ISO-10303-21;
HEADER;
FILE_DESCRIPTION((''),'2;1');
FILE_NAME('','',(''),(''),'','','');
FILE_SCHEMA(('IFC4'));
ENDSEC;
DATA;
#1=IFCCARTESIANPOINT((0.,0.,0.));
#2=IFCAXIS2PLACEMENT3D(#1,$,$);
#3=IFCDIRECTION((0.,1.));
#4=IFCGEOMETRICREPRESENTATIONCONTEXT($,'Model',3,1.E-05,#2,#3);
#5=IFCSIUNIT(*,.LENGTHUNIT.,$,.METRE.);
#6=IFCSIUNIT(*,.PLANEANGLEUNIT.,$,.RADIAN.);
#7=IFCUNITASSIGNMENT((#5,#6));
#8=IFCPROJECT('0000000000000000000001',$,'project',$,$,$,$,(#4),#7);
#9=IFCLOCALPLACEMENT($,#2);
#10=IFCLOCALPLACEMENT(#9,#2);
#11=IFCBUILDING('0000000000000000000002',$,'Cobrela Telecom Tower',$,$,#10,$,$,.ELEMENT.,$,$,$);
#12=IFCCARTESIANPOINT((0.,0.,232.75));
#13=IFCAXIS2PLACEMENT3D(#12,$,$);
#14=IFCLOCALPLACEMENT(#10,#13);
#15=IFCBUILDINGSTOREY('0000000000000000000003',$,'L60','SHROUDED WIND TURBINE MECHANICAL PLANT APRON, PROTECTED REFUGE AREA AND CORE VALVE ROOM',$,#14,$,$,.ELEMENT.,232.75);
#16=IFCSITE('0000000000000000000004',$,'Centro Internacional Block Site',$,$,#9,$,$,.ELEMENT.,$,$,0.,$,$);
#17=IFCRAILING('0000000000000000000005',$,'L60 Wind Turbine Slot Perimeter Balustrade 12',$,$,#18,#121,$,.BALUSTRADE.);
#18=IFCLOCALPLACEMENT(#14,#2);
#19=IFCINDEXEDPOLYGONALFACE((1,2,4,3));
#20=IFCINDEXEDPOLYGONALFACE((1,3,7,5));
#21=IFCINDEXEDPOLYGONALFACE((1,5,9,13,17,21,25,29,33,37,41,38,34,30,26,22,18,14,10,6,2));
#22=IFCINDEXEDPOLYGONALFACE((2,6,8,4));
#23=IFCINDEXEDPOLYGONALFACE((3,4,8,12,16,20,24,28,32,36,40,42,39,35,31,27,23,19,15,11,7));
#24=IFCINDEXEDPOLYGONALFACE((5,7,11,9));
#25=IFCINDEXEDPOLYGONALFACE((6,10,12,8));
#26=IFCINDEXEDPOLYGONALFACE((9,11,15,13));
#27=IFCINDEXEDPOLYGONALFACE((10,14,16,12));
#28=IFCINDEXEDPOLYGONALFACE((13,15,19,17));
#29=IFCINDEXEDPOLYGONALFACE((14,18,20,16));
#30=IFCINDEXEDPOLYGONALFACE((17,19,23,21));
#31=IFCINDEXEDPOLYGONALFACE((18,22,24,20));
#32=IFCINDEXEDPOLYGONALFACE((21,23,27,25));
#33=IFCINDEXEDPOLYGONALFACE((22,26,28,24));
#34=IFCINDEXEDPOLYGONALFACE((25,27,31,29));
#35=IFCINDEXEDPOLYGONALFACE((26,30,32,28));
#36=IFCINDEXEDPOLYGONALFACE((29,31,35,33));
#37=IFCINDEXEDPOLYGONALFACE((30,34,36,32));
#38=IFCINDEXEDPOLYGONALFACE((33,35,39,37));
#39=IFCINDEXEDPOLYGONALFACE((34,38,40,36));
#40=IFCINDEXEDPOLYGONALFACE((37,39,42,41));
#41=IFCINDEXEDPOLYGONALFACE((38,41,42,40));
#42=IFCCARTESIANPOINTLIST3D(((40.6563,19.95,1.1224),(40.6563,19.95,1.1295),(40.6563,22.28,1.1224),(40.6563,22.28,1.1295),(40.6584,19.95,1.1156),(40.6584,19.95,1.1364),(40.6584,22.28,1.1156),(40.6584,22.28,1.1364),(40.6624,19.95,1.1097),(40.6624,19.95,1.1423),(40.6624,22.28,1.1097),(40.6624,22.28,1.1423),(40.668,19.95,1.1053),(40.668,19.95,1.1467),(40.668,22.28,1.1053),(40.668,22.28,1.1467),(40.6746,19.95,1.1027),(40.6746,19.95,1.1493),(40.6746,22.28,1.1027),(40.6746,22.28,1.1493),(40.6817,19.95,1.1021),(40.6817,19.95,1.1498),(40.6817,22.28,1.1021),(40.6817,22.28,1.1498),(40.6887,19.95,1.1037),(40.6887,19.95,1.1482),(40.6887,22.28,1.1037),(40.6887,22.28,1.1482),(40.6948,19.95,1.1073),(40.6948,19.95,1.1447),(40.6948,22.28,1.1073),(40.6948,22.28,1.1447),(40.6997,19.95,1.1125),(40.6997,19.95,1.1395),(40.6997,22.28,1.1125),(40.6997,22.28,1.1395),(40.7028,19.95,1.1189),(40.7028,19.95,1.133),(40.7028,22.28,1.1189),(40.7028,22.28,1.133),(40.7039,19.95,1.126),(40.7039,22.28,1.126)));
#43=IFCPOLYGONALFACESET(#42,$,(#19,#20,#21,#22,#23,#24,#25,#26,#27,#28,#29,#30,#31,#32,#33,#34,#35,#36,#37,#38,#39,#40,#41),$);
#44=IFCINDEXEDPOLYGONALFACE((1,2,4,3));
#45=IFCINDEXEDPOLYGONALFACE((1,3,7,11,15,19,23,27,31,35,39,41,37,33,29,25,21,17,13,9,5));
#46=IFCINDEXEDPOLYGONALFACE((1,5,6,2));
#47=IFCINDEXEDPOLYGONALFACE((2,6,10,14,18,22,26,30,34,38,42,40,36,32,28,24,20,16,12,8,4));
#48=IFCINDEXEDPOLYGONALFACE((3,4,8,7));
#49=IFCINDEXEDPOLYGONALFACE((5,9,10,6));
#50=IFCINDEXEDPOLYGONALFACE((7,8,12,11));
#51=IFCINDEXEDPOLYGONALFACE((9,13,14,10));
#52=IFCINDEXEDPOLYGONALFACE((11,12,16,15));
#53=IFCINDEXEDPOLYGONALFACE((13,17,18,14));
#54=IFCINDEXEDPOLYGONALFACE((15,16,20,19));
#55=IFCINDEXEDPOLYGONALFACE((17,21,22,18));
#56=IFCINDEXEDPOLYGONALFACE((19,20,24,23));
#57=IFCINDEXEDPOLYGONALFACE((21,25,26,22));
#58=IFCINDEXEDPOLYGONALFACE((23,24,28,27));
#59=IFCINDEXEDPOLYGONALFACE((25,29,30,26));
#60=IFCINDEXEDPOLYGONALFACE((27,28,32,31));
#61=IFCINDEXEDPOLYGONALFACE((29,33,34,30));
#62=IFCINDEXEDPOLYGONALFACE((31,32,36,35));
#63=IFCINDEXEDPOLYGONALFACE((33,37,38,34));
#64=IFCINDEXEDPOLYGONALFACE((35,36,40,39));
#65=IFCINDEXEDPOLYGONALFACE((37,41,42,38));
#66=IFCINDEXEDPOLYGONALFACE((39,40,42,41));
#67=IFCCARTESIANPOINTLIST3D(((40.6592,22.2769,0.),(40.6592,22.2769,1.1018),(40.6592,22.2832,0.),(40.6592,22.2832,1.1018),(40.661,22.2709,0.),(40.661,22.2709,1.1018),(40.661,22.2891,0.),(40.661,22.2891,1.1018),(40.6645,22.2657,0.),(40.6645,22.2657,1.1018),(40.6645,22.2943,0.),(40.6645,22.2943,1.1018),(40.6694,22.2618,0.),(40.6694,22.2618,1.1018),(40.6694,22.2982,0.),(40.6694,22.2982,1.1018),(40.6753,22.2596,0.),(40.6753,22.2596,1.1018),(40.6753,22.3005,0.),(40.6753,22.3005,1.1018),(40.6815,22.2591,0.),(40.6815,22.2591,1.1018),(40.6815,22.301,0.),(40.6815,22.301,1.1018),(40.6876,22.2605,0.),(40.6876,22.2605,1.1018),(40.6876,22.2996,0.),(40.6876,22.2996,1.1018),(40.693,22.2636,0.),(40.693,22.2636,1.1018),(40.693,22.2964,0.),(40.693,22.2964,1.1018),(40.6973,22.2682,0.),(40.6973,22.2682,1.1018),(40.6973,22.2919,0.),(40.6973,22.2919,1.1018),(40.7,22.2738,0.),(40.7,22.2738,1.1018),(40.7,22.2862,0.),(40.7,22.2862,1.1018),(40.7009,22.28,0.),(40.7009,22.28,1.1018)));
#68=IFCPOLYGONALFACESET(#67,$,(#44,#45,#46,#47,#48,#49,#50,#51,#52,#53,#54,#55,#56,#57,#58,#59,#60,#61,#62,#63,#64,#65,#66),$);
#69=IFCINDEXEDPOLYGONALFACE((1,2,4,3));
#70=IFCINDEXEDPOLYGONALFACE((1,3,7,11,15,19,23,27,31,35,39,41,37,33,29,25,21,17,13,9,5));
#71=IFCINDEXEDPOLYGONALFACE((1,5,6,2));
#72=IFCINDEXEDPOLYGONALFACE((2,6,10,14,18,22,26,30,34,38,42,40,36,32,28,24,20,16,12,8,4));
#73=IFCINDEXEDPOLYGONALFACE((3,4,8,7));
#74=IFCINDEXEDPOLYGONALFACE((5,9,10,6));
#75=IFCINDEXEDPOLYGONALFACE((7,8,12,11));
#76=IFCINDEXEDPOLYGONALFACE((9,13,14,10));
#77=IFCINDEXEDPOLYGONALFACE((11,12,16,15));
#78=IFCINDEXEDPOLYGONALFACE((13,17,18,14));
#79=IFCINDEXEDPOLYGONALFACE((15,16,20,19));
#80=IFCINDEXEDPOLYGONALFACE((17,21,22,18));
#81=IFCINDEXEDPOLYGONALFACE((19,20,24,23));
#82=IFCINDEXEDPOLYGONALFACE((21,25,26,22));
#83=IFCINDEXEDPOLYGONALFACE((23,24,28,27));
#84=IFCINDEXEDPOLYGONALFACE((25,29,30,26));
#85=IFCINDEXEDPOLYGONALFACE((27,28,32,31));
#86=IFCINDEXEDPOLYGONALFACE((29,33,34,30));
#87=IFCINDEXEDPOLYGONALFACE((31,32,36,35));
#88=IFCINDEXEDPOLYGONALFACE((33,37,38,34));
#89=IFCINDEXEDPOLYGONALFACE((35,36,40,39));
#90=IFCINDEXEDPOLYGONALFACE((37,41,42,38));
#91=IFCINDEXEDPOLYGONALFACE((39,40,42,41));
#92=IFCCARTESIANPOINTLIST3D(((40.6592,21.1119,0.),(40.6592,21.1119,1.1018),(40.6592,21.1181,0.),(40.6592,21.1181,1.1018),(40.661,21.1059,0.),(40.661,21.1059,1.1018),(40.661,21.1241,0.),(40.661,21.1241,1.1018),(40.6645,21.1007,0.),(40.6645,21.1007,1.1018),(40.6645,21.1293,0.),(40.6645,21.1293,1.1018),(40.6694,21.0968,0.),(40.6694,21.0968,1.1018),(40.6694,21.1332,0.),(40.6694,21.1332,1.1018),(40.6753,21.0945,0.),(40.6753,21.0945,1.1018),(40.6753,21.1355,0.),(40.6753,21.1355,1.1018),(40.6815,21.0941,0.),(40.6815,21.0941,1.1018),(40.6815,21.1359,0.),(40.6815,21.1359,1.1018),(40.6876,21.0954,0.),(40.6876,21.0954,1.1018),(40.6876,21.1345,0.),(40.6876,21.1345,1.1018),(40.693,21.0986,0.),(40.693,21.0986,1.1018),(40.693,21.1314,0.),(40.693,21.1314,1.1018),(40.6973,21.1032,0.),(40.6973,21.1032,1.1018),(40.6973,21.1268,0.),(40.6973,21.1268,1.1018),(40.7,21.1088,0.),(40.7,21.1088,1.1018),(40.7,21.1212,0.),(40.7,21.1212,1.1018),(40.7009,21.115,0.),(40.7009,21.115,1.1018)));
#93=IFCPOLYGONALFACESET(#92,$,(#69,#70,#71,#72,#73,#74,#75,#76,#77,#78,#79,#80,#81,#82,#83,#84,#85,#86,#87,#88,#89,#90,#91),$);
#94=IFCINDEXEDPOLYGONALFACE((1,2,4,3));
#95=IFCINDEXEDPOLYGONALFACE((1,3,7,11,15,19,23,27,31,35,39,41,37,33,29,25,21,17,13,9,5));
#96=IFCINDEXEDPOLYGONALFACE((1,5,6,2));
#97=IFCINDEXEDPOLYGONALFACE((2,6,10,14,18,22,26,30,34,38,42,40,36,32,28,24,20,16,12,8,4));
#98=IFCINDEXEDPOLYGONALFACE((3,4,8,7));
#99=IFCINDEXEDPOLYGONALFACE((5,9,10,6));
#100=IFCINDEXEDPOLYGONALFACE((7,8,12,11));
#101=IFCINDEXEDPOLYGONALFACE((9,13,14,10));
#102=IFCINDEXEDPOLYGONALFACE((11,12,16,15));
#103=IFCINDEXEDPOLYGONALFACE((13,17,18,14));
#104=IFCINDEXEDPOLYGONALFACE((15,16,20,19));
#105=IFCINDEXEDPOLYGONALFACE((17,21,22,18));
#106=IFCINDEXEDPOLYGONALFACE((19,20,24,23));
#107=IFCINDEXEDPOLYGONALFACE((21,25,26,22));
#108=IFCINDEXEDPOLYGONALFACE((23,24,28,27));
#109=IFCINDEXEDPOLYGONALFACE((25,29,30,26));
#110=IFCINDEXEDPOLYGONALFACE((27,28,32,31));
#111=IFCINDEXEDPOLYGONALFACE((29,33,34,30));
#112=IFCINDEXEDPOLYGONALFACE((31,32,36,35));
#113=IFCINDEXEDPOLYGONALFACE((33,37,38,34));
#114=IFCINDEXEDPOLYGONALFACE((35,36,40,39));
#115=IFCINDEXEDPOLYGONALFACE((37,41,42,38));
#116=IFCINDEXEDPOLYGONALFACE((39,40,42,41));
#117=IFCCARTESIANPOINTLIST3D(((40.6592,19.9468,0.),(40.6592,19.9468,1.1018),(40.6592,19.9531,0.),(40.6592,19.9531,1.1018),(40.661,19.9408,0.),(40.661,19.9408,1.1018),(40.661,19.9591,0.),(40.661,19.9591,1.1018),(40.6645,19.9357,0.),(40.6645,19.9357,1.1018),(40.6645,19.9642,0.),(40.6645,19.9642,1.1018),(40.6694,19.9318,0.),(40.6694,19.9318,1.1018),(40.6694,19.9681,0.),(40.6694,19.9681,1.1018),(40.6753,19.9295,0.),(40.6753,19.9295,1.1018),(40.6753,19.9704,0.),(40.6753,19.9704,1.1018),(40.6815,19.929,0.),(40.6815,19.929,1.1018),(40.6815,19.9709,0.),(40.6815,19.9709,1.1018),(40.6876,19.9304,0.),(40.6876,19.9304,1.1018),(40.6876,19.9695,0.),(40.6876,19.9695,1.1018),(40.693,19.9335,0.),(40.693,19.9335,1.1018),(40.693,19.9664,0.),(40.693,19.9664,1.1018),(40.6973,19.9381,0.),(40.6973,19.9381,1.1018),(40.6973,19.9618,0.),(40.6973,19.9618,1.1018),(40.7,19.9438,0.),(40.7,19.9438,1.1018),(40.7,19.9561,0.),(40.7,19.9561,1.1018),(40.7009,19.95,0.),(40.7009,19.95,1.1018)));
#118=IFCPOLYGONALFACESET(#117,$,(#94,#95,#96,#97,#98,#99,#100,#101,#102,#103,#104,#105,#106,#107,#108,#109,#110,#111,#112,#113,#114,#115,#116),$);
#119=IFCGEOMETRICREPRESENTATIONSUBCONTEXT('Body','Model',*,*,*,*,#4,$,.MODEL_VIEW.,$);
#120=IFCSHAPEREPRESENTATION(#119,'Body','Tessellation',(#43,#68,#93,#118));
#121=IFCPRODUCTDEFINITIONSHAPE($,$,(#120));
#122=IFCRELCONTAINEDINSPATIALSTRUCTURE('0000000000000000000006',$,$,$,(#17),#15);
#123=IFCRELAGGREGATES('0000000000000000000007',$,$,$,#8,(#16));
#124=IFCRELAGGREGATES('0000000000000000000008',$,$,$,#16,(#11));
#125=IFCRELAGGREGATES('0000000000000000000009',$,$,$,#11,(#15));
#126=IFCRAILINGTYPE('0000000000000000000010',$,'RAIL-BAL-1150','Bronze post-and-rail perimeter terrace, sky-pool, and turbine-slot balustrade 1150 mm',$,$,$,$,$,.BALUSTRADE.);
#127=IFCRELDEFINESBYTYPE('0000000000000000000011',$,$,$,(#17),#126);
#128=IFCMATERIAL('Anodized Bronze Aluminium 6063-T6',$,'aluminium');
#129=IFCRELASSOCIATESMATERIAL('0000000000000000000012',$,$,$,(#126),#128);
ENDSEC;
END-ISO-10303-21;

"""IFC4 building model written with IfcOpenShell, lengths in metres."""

from ifc_helpers import new_model, si_unit, direction, frame, origin, origin_2d, place, context, subcontext, project, spatial, circle, extrude, material, type_object, element, save


model = new_model("IFC4")

# Units and contexts
model_context = context("Model", 3, precision=1e-05, world=origin(), true_north=direction((0.0, 1.0)))
body_context = subcontext(model_context, "Body", "Model", "MODEL_VIEW")
ifc_project = project(units=[si_unit("LENGTHUNIT", "METRE"), si_unit("PLANEANGLEUNIT", "RADIAN")], contexts=[model_context])

# Site, building, storey
site_placement = place(None, origin())
site = spatial("IfcSite", under=ifc_project, at=site_placement, Name="Centro Internacional Block Site", CompositionType="ELEMENT", RefElevation=0.0)
building_placement = place(site_placement, origin())
building = spatial("IfcBuilding", under=site, at=building_placement, Name="Cobrela Telecom Tower", CompositionType="ELEMENT")
storey_placement = place(building_placement, frame((0.0, 0.0, 232.75)))
storey = spatial("IfcBuildingStorey", under=building, at=storey_placement, Name="L60", Description="SHROUDED WIND TURBINE MECHANICAL PLANT APRON, PROTECTED REFUGE AREA AND CORE VALVE ROOM", CompositionType="ELEMENT", Elevation=232.75)

# Shared definitions
ifc_material_1 = material(Name="Anodized Bronze Aluminium 6063-T6", Category="aluminium")

# Railing
railing_type = type_object("IfcRailingType", Name="RAIL-BAL-1150", Description="Bronze post-and-rail perimeter terrace, sky-pool, and turbine-slot balustrade 1150 mm", PredefinedType="BALUSTRADE", material=ifc_material_1)
railing_1_placement = place(storey_placement, frame((40.6799, 22.28, 0.0)))
element("IfcRailing", 1, at=railing_1_placement, inside=storey, type_object=railing_type, Name="L60 Wind Turbine Slot Perimeter Balustrade 12", PredefinedType="BALUSTRADE", context=body_context, shape_type="SweptSolid", body=[
    extrude(circle(Radius=0.0239, at=origin_2d()), frame((0.0, 0.0, 1.126), z_axis=(0.0, -1.0, 0.0), x_axis=(1.0, 0.0, 0.0)), (0.0, 0.0, 1.0), 2.3301),
    extrude(circle(Radius=0.021, at=origin_2d()), origin(), (0.0, 0.0, 1.0), 1.1018),
    extrude(circle(Radius=0.021, at=origin_2d()), frame((0.0, -1.165, 0.0)), (0.0, 0.0, 1.0), 1.1018),
    extrude(circle(Radius=0.021, at=origin_2d()), frame((0.0, -2.3301, 0.0)), (0.0, 0.0, 1.0), 1.1018),
])

save(model, "model.ifc")
